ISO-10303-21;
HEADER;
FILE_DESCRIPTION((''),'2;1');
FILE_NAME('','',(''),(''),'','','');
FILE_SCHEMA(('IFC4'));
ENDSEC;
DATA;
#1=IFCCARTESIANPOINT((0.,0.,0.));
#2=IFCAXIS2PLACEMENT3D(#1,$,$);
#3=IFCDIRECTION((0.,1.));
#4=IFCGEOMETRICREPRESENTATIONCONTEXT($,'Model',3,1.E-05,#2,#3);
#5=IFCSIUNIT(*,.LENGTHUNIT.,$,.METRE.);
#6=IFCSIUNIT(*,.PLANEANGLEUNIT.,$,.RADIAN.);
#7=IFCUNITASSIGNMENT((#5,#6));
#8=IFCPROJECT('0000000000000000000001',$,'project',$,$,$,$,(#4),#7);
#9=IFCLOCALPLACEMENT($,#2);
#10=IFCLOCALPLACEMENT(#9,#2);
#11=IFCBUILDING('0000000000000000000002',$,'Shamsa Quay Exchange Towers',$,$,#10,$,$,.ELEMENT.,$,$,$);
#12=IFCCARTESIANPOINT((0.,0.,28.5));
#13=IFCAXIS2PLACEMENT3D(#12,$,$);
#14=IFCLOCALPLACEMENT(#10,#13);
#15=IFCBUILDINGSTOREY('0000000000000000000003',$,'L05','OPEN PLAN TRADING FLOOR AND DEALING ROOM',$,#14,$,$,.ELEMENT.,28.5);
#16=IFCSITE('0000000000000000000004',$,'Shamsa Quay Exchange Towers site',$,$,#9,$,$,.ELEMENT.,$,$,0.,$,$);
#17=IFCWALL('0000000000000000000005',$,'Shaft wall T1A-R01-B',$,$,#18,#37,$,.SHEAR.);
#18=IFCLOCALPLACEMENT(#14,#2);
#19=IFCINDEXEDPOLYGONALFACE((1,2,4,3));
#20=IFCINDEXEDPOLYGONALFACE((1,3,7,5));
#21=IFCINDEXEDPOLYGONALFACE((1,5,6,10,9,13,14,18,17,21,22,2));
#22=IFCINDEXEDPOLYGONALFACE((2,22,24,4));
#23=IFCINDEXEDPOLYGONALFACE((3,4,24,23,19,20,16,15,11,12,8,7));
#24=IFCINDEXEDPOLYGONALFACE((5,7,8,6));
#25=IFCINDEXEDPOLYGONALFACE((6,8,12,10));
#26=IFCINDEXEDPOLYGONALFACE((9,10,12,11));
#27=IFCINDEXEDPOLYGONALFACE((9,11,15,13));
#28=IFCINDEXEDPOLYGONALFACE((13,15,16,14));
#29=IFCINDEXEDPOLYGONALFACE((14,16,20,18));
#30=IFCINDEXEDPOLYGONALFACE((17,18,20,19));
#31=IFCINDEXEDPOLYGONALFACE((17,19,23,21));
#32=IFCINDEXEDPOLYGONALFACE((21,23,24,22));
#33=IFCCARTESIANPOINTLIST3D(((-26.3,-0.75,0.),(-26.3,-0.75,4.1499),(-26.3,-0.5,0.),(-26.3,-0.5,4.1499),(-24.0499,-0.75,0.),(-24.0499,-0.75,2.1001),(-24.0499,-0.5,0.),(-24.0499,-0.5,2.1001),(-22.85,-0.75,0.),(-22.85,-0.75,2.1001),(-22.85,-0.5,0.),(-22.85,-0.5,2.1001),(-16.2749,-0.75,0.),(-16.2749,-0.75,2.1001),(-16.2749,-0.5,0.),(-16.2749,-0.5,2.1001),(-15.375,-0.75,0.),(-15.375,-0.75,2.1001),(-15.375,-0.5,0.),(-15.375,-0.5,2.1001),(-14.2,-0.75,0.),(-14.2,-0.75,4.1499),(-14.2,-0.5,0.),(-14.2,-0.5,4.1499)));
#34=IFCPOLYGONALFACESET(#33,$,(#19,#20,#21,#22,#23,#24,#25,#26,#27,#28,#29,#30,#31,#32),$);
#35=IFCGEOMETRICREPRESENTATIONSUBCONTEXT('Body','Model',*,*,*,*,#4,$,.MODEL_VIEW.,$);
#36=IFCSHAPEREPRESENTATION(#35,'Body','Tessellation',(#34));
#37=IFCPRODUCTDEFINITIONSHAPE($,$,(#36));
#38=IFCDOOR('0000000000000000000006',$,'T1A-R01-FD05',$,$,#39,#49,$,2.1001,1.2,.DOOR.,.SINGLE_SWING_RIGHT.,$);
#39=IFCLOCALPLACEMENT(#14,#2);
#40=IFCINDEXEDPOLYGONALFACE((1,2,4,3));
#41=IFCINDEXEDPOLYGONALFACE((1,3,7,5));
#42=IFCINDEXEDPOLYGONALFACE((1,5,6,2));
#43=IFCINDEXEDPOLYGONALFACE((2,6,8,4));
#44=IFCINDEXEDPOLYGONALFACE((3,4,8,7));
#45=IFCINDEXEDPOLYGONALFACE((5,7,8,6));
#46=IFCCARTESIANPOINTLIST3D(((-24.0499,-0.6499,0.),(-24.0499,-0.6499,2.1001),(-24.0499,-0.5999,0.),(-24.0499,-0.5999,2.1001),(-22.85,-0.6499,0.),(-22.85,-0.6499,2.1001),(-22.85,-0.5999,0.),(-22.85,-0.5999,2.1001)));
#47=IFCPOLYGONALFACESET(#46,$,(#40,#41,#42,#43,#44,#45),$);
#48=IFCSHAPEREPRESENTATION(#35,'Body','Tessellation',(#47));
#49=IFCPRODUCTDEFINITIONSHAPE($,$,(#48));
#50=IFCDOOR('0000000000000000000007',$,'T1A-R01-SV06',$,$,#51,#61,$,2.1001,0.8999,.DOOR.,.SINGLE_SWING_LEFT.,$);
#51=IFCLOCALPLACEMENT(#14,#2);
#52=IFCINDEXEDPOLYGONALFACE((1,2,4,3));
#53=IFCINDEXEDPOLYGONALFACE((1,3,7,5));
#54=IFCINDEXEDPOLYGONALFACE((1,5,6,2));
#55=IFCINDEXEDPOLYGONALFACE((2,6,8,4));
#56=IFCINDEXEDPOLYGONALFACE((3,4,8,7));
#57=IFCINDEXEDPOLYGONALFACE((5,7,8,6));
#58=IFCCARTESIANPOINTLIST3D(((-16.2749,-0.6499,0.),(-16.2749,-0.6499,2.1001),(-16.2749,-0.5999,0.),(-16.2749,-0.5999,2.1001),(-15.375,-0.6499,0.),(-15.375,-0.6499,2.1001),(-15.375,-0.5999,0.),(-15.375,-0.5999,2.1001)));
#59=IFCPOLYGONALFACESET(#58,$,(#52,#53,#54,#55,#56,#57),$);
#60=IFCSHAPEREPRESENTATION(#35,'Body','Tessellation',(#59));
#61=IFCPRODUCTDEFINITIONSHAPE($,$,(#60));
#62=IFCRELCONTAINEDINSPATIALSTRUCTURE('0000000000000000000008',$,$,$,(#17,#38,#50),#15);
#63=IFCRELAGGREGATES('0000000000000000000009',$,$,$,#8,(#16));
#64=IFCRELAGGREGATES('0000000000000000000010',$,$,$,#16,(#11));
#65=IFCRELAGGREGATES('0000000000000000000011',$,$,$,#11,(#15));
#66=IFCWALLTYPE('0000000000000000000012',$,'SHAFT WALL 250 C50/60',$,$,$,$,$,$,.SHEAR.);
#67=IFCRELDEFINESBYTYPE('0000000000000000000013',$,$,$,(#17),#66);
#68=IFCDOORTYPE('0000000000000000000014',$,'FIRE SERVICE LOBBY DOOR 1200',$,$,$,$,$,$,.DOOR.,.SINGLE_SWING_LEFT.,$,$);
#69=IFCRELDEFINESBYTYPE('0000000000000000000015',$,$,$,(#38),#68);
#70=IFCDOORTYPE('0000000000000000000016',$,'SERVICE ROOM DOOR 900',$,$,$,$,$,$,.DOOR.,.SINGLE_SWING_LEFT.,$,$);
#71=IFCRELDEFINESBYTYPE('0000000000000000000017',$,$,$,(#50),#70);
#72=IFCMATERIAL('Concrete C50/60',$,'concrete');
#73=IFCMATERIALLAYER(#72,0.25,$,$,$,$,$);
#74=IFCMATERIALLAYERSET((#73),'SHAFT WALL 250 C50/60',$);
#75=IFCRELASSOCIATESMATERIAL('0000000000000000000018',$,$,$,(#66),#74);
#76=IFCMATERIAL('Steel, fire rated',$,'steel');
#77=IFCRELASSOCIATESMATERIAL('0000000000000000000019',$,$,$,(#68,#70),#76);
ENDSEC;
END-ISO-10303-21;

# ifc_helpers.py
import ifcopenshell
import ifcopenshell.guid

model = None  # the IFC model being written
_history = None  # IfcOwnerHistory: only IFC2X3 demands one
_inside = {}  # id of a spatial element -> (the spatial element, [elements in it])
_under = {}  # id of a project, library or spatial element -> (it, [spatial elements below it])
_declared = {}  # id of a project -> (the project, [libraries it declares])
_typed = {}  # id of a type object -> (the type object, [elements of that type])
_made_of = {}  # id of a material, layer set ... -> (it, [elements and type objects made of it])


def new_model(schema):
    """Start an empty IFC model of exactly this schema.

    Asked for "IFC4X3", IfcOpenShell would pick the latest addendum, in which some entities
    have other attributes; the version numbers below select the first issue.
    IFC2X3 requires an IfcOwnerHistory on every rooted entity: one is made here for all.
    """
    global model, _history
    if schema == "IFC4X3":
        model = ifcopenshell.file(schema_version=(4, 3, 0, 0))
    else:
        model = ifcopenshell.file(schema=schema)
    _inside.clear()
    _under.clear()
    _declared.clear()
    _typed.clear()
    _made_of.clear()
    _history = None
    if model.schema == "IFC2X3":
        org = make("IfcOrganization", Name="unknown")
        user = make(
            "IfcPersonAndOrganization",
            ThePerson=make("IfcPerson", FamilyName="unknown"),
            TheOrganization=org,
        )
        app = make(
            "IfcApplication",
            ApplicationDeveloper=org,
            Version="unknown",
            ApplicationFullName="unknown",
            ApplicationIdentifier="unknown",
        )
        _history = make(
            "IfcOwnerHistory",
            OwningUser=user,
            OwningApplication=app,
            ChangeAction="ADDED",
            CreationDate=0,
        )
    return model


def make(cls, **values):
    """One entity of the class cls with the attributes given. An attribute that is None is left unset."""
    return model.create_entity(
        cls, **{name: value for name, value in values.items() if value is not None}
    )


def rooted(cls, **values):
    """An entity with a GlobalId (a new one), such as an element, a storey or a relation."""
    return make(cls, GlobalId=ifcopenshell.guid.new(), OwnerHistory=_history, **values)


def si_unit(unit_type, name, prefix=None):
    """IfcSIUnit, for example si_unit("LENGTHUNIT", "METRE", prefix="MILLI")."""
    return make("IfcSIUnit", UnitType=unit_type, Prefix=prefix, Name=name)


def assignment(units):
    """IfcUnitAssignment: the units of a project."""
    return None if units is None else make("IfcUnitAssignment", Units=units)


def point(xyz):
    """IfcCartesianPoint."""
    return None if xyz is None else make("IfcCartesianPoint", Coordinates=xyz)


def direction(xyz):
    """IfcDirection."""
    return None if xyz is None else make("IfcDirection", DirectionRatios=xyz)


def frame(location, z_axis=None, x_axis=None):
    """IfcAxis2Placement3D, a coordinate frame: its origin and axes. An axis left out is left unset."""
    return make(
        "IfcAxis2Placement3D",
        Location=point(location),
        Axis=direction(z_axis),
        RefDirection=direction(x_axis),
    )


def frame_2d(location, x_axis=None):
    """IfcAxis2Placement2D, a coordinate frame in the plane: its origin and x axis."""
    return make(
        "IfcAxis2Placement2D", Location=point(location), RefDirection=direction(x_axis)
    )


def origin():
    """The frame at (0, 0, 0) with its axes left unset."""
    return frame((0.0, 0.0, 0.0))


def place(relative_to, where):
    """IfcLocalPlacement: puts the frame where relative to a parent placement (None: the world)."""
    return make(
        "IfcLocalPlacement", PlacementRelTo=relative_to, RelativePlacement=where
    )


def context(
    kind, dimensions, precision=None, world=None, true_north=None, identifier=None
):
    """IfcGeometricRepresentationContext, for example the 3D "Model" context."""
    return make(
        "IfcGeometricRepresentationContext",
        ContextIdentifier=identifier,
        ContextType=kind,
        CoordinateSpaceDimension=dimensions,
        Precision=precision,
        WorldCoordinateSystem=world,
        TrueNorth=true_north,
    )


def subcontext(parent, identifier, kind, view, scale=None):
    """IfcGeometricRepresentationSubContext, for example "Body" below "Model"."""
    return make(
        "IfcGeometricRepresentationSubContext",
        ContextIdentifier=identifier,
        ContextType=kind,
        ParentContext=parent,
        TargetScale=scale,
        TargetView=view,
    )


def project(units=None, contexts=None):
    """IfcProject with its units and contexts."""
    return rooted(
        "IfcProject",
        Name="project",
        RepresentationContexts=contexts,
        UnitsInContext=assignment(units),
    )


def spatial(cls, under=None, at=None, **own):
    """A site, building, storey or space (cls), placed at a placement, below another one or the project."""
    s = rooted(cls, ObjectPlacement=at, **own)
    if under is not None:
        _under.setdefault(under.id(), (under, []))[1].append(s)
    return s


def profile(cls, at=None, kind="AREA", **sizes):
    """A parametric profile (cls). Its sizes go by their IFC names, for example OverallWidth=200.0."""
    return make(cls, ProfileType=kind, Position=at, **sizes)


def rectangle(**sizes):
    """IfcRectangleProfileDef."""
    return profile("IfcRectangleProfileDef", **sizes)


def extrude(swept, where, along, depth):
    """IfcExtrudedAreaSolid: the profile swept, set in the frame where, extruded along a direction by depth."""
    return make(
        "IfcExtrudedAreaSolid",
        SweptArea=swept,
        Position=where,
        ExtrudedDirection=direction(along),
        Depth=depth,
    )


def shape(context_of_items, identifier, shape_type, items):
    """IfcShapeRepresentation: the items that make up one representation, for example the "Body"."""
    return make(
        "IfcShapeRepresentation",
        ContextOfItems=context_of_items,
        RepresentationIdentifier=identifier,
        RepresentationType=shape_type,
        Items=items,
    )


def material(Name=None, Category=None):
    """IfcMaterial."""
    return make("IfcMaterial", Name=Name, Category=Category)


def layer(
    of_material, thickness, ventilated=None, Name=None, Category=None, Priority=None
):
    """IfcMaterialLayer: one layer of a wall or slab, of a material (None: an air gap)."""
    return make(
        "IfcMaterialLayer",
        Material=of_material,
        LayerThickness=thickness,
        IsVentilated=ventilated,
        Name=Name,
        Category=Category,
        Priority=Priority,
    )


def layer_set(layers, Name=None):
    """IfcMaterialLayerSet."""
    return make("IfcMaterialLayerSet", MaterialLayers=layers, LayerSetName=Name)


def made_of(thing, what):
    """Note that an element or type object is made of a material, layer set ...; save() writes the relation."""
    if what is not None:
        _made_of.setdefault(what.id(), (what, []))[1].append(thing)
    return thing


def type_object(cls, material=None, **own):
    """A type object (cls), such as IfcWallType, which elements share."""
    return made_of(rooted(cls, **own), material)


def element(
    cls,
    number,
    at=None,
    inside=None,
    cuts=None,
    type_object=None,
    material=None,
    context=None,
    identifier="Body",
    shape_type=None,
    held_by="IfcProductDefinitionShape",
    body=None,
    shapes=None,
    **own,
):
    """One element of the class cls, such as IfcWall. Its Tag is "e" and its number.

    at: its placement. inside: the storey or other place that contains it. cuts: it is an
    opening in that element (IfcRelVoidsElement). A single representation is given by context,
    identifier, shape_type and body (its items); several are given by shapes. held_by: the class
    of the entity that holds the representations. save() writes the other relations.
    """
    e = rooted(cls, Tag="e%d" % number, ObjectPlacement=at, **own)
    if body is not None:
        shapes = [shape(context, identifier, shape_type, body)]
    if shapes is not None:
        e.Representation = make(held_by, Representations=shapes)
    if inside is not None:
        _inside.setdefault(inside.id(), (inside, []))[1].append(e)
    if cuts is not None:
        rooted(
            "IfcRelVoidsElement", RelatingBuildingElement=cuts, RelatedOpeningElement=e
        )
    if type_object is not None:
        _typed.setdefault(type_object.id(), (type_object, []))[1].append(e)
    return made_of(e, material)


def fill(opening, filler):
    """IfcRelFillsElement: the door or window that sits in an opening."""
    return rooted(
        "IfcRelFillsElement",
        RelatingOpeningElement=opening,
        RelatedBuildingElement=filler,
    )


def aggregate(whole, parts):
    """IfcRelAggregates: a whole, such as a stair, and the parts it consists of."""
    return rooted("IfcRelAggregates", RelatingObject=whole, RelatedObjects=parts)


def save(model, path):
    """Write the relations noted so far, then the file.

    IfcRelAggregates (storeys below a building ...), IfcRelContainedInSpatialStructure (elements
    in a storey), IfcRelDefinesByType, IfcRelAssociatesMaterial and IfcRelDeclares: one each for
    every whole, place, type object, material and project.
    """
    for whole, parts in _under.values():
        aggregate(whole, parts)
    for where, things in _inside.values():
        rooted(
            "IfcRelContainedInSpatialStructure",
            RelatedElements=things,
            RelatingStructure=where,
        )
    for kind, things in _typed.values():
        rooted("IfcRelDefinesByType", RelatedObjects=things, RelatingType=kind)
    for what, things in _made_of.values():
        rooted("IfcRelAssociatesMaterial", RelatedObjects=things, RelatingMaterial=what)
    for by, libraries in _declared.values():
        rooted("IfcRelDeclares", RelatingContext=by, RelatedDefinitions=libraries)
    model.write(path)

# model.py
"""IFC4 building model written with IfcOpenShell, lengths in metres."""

from ifc_helpers import new_model, si_unit, direction, frame, frame_2d, origin, place, context, subcontext, project, spatial, rectangle, extrude, material, layer, layer_set, type_object, element, fill, save


model = new_model("IFC4")

# Units and contexts
model_context = context("Model", 3, precision=1e-05, world=origin(), true_north=direction((0.0, 1.0)))
body_context = subcontext(model_context, "Body", "Model", "MODEL_VIEW")
ifc_project = project(units=[si_unit("LENGTHUNIT", "METRE"), si_unit("PLANEANGLEUNIT", "RADIAN")], contexts=[model_context])

# Site, building, storey
site_placement = place(None, origin())
site = spatial("IfcSite", under=ifc_project, at=site_placement, Name="Shamsa Quay Exchange Towers site", CompositionType="ELEMENT", RefElevation=0.0)
building_placement = place(site_placement, origin())
building = spatial("IfcBuilding", under=site, at=building_placement, Name="Shamsa Quay Exchange Towers", CompositionType="ELEMENT")
storey_placement = place(building_placement, frame((0.0, 0.0, 28.5)))
storey = spatial("IfcBuildingStorey", under=building, at=storey_placement, Name="L05", Description="OPEN PLAN TRADING FLOOR AND DEALING ROOM", CompositionType="ELEMENT", Elevation=28.5)

# Shared definitions
ifc_material_1 = material(Name="Concrete C50/60", Category="concrete")
ifc_layer_1 = layer(ifc_material_1, 0.25)
ifc_layer_set_1 = layer_set([ifc_layer_1], Name="SHAFT WALL 250 C50/60")
wall_type = type_object("IfcWallType", Name="SHAFT WALL 250 C50/60", PredefinedType="SHEAR", material=ifc_layer_set_1)
ifc_material_2 = material(Name="Steel, fire rated", Category="steel")

# Wall, openings, doors
wall_1_placement = place(storey_placement, frame((-14.2, -0.625, 0.0), z_axis=(0.0, 0.0, 1.0), x_axis=(-1.0, 0.0, 0.0)))
wall_1 = element("IfcWall", 1, at=wall_1_placement, inside=storey, type_object=wall_type, Name="Shaft wall T1A-R01-B", PredefinedType="SHEAR", context=body_context, shape_type="SweptSolid", body=[
    extrude(rectangle(XDim=12.1001, YDim=0.25, at=frame_2d((6.05, 0.0))), origin(), (0.0, 0.0, 1.0), 4.1499),
])
opening_1_placement = place(wall_1_placement, frame((8.6499, 0.0, 0.0)))
opening_1 = element("IfcOpeningElement", 2, at=opening_1_placement, cuts=wall_1, PredefinedType="OPENING", context=body_context, shape_type="SweptSolid", body=[
    extrude(rectangle(XDim=1.2, YDim=2.1001, at=frame_2d((0.6001, 1.05))), frame((0.0, 0.135, 0.0), z_axis=(0.0, -1.0, 0.0), x_axis=(1.0, 0.0, 0.0)), (0.0, 0.0, 1.0), 0.27),
])
opening_2_placement = place(wall_1_placement, frame((1.175, 0.0, 0.0)))
opening_2 = element("IfcOpeningElement", 3, at=opening_2_placement, cuts=wall_1, PredefinedType="OPENING", context=body_context, shape_type="SweptSolid", body=[
    extrude(rectangle(XDim=0.8999, YDim=2.1001, at=frame_2d((0.45, 1.05))), frame((0.0, 0.135, 0.0), z_axis=(0.0, -1.0, 0.0), x_axis=(1.0, 0.0, 0.0)), (0.0, 0.0, 1.0), 0.27),
])
door_type_1 = type_object("IfcDoorType", Name="FIRE SERVICE LOBBY DOOR 1200", OperationType="SINGLE_SWING_LEFT", PredefinedType="DOOR", material=ifc_material_2)
door_1_placement = place(opening_1_placement, origin())
door_1 = element("IfcDoor", 4, at=door_1_placement, inside=storey, type_object=door_type_1, Name="T1A-R01-FD05", OperationType="SINGLE_SWING_RIGHT", OverallHeight=2.1001, OverallWidth=1.2, PredefinedType="DOOR", context=body_context, shape_type="SweptSolid", body=[
    extrude(rectangle(XDim=1.2, YDim=2.1001, at=frame_2d((0.6001, 1.05))), frame((0.0, 0.0249, 0.0), z_axis=(0.0, -1.0, 0.0), x_axis=(1.0, 0.0, 0.0)), (0.0, 0.0, 1.0), 0.05),
])
fill(opening_1, door_1)
door_type_2 = type_object("IfcDoorType", Name="SERVICE ROOM DOOR 900", OperationType="SINGLE_SWING_LEFT", PredefinedType="DOOR", material=ifc_material_2)
door_2_placement = place(opening_2_placement, origin())
door_2 = element("IfcDoor", 5, at=door_2_placement, inside=storey, type_object=door_type_2, Name="T1A-R01-SV06", OperationType="SINGLE_SWING_LEFT", OverallHeight=2.1001, OverallWidth=0.8999, PredefinedType="DOOR", context=body_context, shape_type="SweptSolid", body=[
    extrude(rectangle(XDim=0.8999, YDim=2.1001, at=frame_2d((0.45, 1.05))), frame((0.0, 0.0249, 0.0), z_axis=(0.0, -1.0, 0.0), x_axis=(1.0, 0.0, 0.0)), (0.0, 0.0, 1.0), 0.05),
])
fill(opening_2, door_2)

save(model, "model.ifc")
